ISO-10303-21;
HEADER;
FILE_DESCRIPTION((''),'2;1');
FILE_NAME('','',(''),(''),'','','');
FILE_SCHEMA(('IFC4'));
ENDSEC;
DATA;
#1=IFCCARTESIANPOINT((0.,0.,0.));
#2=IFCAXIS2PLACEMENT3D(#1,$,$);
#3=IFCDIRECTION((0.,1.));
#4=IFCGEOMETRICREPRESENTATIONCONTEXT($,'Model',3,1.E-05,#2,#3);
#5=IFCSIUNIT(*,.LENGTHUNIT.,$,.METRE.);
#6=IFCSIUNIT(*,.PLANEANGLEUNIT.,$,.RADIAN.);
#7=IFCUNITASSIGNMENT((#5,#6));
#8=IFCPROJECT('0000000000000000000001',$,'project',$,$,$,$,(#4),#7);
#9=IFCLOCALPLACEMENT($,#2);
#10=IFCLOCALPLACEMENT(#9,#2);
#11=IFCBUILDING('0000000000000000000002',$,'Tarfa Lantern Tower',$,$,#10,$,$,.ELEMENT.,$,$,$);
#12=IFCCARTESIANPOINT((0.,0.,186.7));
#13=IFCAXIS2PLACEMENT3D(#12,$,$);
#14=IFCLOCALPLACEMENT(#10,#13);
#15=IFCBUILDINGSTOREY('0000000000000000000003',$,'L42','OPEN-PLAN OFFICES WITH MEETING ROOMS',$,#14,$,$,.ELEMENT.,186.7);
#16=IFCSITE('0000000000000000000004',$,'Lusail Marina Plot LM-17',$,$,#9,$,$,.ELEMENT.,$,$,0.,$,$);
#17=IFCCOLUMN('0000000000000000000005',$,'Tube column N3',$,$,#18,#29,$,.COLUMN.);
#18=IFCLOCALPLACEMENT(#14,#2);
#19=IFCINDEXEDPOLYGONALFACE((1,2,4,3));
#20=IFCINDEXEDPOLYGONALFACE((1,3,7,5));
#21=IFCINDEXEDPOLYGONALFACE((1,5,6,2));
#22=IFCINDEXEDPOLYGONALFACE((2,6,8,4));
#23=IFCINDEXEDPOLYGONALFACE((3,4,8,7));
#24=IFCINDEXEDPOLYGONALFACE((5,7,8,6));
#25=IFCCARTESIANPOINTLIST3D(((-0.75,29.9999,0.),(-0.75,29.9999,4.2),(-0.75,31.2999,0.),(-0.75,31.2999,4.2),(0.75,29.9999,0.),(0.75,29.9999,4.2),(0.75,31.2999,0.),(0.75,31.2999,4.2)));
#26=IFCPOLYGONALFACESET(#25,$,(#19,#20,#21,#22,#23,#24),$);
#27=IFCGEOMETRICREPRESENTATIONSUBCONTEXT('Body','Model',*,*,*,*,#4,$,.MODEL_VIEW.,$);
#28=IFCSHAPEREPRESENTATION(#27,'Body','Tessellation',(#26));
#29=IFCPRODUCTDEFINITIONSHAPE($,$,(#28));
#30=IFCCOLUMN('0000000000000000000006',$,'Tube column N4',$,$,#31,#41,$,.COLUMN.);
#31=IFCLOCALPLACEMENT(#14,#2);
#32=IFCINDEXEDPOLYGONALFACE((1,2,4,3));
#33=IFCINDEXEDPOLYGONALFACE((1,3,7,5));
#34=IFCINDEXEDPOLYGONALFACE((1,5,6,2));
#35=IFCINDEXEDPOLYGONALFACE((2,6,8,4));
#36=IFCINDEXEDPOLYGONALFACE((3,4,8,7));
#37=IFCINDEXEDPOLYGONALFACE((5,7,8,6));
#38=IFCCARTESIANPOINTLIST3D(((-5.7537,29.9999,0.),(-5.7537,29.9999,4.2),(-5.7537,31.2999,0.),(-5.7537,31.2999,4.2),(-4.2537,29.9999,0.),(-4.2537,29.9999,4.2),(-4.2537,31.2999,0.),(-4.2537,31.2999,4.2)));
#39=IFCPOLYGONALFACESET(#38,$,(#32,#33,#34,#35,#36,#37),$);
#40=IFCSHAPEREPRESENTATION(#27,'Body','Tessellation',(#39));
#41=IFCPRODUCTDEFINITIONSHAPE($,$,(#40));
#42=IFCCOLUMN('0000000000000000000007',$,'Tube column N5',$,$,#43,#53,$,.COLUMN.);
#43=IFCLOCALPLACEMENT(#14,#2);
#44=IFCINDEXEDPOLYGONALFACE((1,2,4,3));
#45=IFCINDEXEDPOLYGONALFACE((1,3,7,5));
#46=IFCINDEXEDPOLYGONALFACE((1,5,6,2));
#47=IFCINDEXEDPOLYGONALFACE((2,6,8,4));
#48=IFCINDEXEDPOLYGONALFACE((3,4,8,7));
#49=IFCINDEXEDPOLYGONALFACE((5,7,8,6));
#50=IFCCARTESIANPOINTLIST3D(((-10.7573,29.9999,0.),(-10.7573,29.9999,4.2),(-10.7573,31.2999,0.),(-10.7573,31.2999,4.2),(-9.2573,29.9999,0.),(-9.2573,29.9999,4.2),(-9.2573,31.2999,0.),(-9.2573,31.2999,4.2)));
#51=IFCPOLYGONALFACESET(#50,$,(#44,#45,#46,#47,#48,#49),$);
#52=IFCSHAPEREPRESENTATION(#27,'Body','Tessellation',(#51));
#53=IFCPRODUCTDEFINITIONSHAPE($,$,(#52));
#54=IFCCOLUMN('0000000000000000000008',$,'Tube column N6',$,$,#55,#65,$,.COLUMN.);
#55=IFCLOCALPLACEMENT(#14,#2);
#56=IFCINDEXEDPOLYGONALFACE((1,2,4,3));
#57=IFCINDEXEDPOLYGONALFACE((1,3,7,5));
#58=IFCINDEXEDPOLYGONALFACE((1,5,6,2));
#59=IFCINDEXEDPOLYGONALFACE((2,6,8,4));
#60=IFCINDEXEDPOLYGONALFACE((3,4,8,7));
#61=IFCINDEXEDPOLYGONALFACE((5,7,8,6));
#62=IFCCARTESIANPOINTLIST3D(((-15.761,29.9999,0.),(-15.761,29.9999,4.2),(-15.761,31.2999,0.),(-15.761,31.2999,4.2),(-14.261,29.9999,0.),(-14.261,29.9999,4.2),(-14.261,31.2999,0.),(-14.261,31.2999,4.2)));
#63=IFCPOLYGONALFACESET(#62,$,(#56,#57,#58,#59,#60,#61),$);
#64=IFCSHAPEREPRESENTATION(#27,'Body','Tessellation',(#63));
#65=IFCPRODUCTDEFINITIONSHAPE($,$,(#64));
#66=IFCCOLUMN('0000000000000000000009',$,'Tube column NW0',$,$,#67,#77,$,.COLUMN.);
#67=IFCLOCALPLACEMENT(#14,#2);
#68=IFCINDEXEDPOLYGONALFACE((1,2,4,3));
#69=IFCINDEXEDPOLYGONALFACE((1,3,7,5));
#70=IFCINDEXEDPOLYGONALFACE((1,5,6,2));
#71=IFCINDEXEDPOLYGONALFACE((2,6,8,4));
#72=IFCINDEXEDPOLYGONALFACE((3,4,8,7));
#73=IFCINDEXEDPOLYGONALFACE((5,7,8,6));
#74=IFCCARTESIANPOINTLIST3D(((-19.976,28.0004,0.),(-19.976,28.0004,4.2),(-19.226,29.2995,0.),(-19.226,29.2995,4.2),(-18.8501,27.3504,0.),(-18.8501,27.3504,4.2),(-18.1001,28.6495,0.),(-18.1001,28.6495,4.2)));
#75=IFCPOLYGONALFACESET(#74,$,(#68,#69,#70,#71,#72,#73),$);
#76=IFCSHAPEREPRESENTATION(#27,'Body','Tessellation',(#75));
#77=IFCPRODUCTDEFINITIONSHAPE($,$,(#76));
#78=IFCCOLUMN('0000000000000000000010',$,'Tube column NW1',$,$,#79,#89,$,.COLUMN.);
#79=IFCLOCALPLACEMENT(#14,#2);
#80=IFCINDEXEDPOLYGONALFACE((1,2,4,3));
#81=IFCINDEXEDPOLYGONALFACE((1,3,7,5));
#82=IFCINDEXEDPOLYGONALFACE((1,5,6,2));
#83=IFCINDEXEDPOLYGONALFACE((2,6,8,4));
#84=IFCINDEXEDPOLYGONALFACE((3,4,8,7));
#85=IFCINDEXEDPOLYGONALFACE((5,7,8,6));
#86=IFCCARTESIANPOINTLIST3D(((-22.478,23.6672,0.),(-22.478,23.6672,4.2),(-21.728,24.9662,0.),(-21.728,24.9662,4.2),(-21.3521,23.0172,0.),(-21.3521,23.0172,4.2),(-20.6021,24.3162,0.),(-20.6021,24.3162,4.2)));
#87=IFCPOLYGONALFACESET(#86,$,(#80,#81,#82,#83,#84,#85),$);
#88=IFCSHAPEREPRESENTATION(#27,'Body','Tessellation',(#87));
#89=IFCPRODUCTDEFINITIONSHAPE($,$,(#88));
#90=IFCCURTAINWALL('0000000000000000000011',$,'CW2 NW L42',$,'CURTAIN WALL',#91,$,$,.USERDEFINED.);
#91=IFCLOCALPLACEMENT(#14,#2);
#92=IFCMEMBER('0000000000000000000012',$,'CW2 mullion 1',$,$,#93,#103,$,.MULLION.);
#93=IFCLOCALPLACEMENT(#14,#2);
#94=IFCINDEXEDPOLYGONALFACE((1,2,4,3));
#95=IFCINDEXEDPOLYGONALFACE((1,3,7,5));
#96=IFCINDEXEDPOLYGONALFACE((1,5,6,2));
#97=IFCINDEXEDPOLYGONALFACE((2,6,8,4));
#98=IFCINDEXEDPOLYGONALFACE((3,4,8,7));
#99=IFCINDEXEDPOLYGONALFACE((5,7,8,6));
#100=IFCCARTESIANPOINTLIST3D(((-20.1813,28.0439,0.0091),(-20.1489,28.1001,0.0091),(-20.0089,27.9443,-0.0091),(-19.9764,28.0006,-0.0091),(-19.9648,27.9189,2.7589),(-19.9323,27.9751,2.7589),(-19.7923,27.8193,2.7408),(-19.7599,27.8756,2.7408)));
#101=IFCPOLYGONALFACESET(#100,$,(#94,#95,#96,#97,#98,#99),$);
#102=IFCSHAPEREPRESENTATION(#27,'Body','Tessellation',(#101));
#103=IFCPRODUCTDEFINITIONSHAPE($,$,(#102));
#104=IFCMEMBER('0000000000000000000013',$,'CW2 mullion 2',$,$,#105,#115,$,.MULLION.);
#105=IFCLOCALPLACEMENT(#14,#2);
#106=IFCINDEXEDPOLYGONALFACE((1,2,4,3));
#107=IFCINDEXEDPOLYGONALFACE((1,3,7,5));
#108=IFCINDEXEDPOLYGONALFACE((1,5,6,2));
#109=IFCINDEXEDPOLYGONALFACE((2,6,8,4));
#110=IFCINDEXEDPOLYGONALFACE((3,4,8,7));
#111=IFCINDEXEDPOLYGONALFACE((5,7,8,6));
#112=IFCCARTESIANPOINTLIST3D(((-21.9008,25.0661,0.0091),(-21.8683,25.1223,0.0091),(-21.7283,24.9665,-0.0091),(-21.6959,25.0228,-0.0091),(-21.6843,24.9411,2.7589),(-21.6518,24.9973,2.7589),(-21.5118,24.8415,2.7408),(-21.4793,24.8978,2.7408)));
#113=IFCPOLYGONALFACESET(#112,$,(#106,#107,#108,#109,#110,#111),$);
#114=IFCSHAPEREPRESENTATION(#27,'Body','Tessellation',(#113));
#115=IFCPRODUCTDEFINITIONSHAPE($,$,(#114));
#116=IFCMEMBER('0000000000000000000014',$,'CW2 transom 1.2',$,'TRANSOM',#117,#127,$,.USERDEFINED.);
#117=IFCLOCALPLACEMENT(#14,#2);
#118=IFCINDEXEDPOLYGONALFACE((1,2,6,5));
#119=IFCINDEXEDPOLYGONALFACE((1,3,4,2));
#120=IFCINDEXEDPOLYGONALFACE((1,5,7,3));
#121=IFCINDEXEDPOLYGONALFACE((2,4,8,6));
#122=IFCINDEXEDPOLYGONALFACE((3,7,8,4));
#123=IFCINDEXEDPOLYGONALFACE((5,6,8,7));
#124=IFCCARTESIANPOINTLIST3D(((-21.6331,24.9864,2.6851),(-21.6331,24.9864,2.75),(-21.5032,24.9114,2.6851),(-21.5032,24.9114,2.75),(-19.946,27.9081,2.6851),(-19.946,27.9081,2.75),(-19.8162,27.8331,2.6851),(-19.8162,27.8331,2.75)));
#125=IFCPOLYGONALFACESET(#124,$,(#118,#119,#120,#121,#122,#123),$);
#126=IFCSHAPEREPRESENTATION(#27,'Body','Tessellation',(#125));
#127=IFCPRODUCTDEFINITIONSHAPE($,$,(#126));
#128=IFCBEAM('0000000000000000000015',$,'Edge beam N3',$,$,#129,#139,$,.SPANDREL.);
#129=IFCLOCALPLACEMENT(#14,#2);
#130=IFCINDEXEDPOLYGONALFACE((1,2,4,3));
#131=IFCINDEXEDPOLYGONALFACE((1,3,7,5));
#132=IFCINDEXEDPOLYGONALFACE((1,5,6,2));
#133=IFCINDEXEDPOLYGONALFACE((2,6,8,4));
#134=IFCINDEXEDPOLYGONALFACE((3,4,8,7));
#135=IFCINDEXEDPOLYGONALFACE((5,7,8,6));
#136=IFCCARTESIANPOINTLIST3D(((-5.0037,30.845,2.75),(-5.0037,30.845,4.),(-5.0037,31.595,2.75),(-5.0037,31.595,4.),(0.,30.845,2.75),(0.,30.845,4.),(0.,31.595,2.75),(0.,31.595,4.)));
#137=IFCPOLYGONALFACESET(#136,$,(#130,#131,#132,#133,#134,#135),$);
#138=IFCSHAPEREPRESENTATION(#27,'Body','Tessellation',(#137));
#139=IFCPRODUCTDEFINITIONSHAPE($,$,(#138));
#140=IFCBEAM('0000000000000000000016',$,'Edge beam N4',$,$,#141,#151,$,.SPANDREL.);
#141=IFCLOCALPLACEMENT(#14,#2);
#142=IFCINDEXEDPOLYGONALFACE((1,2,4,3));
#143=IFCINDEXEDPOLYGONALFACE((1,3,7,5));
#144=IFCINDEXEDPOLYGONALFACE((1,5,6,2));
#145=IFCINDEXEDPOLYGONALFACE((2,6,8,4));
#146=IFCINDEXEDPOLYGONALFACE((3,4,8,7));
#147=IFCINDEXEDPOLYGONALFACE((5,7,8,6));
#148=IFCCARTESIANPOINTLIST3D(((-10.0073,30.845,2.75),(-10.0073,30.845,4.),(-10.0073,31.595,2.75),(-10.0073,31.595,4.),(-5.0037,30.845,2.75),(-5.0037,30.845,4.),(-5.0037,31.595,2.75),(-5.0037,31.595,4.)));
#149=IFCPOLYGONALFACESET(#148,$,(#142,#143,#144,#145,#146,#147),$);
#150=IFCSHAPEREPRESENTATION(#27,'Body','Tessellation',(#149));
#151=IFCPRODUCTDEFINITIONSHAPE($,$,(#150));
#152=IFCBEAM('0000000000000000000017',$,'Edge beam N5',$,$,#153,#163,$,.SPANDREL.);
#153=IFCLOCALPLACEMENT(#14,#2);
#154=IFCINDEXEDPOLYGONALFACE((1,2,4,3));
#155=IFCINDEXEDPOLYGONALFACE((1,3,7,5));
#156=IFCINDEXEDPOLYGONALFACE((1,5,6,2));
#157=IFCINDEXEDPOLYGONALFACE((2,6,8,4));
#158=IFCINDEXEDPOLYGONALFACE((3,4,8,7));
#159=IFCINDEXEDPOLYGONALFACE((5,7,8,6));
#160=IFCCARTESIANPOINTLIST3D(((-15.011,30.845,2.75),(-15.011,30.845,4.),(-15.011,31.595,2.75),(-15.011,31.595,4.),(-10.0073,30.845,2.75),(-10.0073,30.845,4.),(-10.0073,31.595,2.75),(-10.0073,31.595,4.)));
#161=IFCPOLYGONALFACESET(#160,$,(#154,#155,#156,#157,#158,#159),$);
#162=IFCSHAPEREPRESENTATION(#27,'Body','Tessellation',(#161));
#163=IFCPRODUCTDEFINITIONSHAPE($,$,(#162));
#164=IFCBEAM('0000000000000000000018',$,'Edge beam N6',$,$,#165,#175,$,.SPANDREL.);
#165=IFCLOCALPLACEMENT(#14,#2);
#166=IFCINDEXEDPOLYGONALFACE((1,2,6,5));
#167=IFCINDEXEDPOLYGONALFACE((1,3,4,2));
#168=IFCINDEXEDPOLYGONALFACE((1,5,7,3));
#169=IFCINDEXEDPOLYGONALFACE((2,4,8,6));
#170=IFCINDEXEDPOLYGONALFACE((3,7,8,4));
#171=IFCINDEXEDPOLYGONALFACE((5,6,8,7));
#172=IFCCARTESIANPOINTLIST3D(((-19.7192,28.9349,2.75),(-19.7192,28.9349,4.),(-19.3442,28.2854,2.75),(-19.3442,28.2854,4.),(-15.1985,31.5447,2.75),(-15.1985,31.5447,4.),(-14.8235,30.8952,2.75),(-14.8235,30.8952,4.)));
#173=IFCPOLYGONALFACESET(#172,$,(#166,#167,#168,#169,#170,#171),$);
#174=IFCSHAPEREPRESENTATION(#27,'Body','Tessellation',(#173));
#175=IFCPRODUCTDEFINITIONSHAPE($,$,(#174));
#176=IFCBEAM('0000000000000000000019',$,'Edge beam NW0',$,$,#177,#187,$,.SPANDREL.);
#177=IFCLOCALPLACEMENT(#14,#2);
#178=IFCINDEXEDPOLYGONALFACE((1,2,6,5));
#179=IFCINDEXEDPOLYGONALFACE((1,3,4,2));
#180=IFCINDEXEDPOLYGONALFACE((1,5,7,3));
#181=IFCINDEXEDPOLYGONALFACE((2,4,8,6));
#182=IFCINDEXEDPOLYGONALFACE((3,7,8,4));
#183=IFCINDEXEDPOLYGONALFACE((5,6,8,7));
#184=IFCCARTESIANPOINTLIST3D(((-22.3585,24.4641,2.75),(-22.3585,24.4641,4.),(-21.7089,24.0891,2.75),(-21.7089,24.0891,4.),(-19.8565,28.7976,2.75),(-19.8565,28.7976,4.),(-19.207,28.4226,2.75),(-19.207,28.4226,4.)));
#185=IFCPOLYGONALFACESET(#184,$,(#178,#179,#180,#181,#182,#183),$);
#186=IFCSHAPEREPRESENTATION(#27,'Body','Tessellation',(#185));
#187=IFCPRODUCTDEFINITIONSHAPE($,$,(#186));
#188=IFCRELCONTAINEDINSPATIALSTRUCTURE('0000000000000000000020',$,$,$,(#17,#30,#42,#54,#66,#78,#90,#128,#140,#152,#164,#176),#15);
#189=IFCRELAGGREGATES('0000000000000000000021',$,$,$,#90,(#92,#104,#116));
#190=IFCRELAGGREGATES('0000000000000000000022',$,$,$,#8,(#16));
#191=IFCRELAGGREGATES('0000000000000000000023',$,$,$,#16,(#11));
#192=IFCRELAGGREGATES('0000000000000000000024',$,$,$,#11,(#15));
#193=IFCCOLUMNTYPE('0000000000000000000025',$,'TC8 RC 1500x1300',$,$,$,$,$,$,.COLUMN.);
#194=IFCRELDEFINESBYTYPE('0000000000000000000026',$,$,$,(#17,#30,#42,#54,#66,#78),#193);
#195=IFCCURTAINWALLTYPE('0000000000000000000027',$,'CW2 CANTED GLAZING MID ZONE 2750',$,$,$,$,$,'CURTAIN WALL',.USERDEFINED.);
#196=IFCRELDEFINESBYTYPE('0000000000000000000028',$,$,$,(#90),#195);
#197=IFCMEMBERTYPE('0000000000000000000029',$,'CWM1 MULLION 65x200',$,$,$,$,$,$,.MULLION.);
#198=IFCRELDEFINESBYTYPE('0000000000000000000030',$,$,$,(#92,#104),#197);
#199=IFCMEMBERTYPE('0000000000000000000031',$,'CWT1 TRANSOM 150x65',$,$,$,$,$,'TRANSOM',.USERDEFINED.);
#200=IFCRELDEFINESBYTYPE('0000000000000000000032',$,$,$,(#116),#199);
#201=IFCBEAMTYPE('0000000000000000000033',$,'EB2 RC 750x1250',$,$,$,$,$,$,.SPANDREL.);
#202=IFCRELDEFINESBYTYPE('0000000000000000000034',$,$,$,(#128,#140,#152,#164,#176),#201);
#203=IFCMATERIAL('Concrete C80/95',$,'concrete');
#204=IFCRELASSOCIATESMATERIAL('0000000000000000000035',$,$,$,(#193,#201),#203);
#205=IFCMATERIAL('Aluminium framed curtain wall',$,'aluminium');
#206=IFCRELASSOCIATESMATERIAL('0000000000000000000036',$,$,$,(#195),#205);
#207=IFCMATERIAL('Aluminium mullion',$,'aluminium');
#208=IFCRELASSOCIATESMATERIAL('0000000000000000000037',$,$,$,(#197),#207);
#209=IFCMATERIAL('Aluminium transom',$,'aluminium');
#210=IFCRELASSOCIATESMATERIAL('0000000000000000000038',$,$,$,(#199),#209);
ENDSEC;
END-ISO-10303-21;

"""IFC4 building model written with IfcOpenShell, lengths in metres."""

from ifc_helpers import new_model, si_unit, direction, frame, origin, origin_2d, place, context, subcontext, project, spatial, rectangle, extrude, material, material_profile, profile_set, type_object, element, aggregate, save


model = new_model("IFC4")

# Units and contexts
model_context = context("Model", 3, precision=1e-05, world=origin(), true_north=direction((0.0, 1.0)))
body_context = subcontext(model_context, "Body", "Model", "MODEL_VIEW")
ifc_project = project(units=[si_unit("LENGTHUNIT", "METRE"), si_unit("PLANEANGLEUNIT", "RADIAN")], contexts=[model_context])

# Site, building, storey
site_placement = place(None, origin())
site = spatial("IfcSite", under=ifc_project, at=site_placement, Name="Lusail Marina Plot LM-17", CompositionType="ELEMENT", RefElevation=0.0)
building_placement = place(site_placement, origin())
building = spatial("IfcBuilding", under=site, at=building_placement, Name="Tarfa Lantern Tower", CompositionType="ELEMENT")
storey_placement = place(building_placement, frame((0.0, 0.0, 186.7)))
storey = spatial("IfcBuildingStorey", under=building, at=storey_placement, Name="L42", Description="OPEN-PLAN OFFICES WITH MEETING ROOMS", CompositionType="ELEMENT", Elevation=186.7)

# Columns
ifc_material_1 = material(Name="Concrete C80/95", Category="concrete")
ifc_material_profile_1 = material_profile(ifc_material_1, rectangle(XDim=1.5, YDim=1.3, at=origin_2d()), Name="RC 1500x1300")
ifc_profile_set_1 = profile_set([ifc_material_profile_1], Name="Concrete C80/95")
column_type = type_object("IfcColumnType", Name="TC8 RC 1500x1300", PredefinedType="COLUMN", material=ifc_profile_set_1)
for number, where, z_axis, x_axis, name in (
    (1, (0.0, 30.6499, 0.0), (0.0, 0.0, 1.0), (-1.0, 0.0, 0.0), "Tube column N3"),
    (2, (-5.0037, 30.6499, 0.0), (0.0, 0.0, 1.0), (-1.0, 0.0, 0.0), "Tube column N4"),
    (3, (-10.0073, 30.6499, 0.0), (0.0, 0.0, 1.0), (-1.0, 0.0, 0.0), "Tube column N5"),
    (4, (-15.011, 30.6499, 0.0), (0.0, 0.0, 1.0), (-1.0, 0.0, 0.0), "Tube column N6"),
    (5, (-19.0381, 28.325, 0.0), (0.0, 0.0, 1.0), (-0.5, -0.866025, 0.0), "Tube column NW0"),
    (6, (-21.54, 23.9917, 0.0), (0.0, 0.0, 1.0), (-0.5, -0.866025, 0.0), "Tube column NW1"),
):
    element("IfcColumn", number, at=place(storey_placement, frame(where, z_axis=z_axis, x_axis=x_axis)), inside=storey, type_object=column_type, Name=name, PredefinedType="COLUMN", context=body_context, shape_type="SweptSolid", body=[
        extrude(rectangle(XDim=1.5, YDim=1.3, at=origin_2d()), origin(), (0.0, 0.0, 1.0), 4.2),
    ])

# Curtain wall, members
ifc_material_2 = material(Name="Aluminium framed curtain wall", Category="aluminium")
curtain_wall_type = type_object("IfcCurtainWallType", Name="CW2 CANTED GLAZING MID ZONE 2750", ElementType="CURTAIN WALL", PredefinedType="USERDEFINED", material=ifc_material_2)
curtain_wall_placement = place(storey_placement, origin())
curtain_wall = element("IfcCurtainWall", 7, at=curtain_wall_placement, inside=storey, type_object=curtain_wall_type, Name="CW2 NW L42", ObjectType="CURTAIN WALL", PredefinedType="USERDEFINED")
ifc_material_3 = material(Name="Aluminium mullion", Category="aluminium")
ifc_material_profile_2 = material_profile(ifc_material_3, rectangle(XDim=0.0649, YDim=0.2, at=origin_2d()), Name="AL MULLION 65x200")
ifc_profile_set_2 = profile_set([ifc_material_profile_2], Name="Aluminium mullion")
member_type_1 = type_object("IfcMemberType", Name="CWM1 MULLION 65x200", PredefinedType="MULLION", material=ifc_profile_set_2)
member_1_placement = place(storey_placement, frame((-20.0789, 28.0222, 0.0), z_axis=(0.078423, -0.045268, 0.995892), x_axis=(0.49992, 0.866072, 0.0)))
member_1 = element("IfcMember", 8, at=member_1_placement, type_object=member_type_1, Name="CW2 mullion 1", PredefinedType="MULLION", context=body_context, shape_type="SweptSolid", body=[
    extrude(rectangle(XDim=0.0649, YDim=0.2, at=origin_2d()), origin(), (0.0, 0.0, 1.0), 2.7612),
])
member_2_placement = place(storey_placement, frame((-21.7983, 25.0444, 0.0), z_axis=(0.078423, -0.045268, 0.995892), x_axis=(0.49992, 0.866072, 0.0)))
member_2 = element("IfcMember", 9, at=member_2_placement, type_object=member_type_1, Name="CW2 mullion 2", PredefinedType="MULLION", context=body_context, shape_type="SweptSolid", body=[
    extrude(rectangle(XDim=0.0649, YDim=0.2, at=origin_2d()), origin(), (0.0, 0.0, 1.0), 2.7612),
])
ifc_material_4 = material(Name="Aluminium transom", Category="aluminium")
ifc_material_profile_3 = material_profile(ifc_material_4, rectangle(XDim=0.1499, YDim=0.0649, at=origin_2d()), Name="AL TRANSOM 150x65")
ifc_profile_set_3 = profile_set([ifc_material_profile_3], Name="Aluminium transom")
member_type_2 = type_object("IfcMemberType", Name="CWT1 TRANSOM 150x65", ElementType="TRANSOM", PredefinedType="USERDEFINED", material=ifc_profile_set_3)
member_3_placement = place(storey_placement, frame((-19.8811, 27.8706, 2.7175), z_axis=(-0.500046, -0.865999, 0.0), x_axis=(0.865999, -0.500046, 0.0)))
member_3 = element("IfcMember", 10, at=member_3_placement, type_object=member_type_2, Name="CW2 transom 1.2", ObjectType="TRANSOM", PredefinedType="USERDEFINED", context=body_context, shape_type="SweptSolid", body=[
    extrude(rectangle(XDim=0.1499, YDim=0.0649, at=origin_2d()), origin(), (0.0, 0.0, 1.0), 3.3738),
])

# Beams
ifc_material_profile_4 = material_profile(ifc_material_1, rectangle(XDim=0.75, YDim=1.25, at=origin_2d()), Name="RC 750x1250")
ifc_profile_set_4 = profile_set([ifc_material_profile_4], Name="Concrete C80/95")
beam_type_1 = type_object("IfcBeamType", Name="EB2 RC 750x1250", PredefinedType="SPANDREL", material=ifc_profile_set_4)
for number, where, z_axis, x_axis, name in (
    (11, (0.0, 31.22, 3.375), (-1.0, 0.0, 0.0), (0.0, -1.0, 0.0), "Edge beam N3"),
    (12, (-5.0037, 31.22, 3.375), (-1.0, 0.0, 0.0), (0.0, -1.0, 0.0), "Edge beam N4"),
    (13, (-10.0073, 31.22, 3.375), (-1.0, 0.0, 0.0), (0.0, -1.0, 0.0), "Edge beam N5"),
):
    element("IfcBeam", number, at=place(storey_placement, frame(where, z_axis=z_axis, x_axis=x_axis)), inside=storey, type_object=beam_type_1, Name=name, PredefinedType="SPANDREL", context=body_context, shape_type="SweptSolid", body=[
        extrude(rectangle(XDim=0.75, YDim=1.25, at=origin_2d()), origin(), (0.0, 0.0, 1.0), 5.0037),
    ])
beam_1_placement = place(storey_placement, frame((-15.011, 31.22, 3.375), z_axis=(-0.866042, -0.499972, 0.0), x_axis=(0.499972, -0.866042, 0.0)))
element("IfcBeam", 14, at=beam_1_placement, inside=storey, type_object=beam_type_1, Name="Edge beam N6", PredefinedType="SPANDREL", context=body_context, shape_type="SweptSolid", body=[
    extrude(rectangle(XDim=0.75, YDim=1.25, at=origin_2d()), origin(), (0.0, 0.0, 1.0), 5.22),
])
beam_2_placement = place(storey_placement, frame((-19.5317, 28.6101, 3.375), z_axis=(-0.500001, -0.866025, 0.0), x_axis=(0.866025, -0.500001, 0.0)))
element("IfcBeam", 15, at=beam_2_placement, inside=storey, type_object=beam_type_1, Name="Edge beam NW0", PredefinedType="SPANDREL", context=body_context, shape_type="SweptSolid", body=[
    extrude(rectangle(XDim=0.75, YDim=1.25, at=origin_2d()), origin(), (0.0, 0.0, 1.0), 5.0039),
])

aggregate(curtain_wall, [member_1, member_2, member_3])

save(model, "model.ifc")
